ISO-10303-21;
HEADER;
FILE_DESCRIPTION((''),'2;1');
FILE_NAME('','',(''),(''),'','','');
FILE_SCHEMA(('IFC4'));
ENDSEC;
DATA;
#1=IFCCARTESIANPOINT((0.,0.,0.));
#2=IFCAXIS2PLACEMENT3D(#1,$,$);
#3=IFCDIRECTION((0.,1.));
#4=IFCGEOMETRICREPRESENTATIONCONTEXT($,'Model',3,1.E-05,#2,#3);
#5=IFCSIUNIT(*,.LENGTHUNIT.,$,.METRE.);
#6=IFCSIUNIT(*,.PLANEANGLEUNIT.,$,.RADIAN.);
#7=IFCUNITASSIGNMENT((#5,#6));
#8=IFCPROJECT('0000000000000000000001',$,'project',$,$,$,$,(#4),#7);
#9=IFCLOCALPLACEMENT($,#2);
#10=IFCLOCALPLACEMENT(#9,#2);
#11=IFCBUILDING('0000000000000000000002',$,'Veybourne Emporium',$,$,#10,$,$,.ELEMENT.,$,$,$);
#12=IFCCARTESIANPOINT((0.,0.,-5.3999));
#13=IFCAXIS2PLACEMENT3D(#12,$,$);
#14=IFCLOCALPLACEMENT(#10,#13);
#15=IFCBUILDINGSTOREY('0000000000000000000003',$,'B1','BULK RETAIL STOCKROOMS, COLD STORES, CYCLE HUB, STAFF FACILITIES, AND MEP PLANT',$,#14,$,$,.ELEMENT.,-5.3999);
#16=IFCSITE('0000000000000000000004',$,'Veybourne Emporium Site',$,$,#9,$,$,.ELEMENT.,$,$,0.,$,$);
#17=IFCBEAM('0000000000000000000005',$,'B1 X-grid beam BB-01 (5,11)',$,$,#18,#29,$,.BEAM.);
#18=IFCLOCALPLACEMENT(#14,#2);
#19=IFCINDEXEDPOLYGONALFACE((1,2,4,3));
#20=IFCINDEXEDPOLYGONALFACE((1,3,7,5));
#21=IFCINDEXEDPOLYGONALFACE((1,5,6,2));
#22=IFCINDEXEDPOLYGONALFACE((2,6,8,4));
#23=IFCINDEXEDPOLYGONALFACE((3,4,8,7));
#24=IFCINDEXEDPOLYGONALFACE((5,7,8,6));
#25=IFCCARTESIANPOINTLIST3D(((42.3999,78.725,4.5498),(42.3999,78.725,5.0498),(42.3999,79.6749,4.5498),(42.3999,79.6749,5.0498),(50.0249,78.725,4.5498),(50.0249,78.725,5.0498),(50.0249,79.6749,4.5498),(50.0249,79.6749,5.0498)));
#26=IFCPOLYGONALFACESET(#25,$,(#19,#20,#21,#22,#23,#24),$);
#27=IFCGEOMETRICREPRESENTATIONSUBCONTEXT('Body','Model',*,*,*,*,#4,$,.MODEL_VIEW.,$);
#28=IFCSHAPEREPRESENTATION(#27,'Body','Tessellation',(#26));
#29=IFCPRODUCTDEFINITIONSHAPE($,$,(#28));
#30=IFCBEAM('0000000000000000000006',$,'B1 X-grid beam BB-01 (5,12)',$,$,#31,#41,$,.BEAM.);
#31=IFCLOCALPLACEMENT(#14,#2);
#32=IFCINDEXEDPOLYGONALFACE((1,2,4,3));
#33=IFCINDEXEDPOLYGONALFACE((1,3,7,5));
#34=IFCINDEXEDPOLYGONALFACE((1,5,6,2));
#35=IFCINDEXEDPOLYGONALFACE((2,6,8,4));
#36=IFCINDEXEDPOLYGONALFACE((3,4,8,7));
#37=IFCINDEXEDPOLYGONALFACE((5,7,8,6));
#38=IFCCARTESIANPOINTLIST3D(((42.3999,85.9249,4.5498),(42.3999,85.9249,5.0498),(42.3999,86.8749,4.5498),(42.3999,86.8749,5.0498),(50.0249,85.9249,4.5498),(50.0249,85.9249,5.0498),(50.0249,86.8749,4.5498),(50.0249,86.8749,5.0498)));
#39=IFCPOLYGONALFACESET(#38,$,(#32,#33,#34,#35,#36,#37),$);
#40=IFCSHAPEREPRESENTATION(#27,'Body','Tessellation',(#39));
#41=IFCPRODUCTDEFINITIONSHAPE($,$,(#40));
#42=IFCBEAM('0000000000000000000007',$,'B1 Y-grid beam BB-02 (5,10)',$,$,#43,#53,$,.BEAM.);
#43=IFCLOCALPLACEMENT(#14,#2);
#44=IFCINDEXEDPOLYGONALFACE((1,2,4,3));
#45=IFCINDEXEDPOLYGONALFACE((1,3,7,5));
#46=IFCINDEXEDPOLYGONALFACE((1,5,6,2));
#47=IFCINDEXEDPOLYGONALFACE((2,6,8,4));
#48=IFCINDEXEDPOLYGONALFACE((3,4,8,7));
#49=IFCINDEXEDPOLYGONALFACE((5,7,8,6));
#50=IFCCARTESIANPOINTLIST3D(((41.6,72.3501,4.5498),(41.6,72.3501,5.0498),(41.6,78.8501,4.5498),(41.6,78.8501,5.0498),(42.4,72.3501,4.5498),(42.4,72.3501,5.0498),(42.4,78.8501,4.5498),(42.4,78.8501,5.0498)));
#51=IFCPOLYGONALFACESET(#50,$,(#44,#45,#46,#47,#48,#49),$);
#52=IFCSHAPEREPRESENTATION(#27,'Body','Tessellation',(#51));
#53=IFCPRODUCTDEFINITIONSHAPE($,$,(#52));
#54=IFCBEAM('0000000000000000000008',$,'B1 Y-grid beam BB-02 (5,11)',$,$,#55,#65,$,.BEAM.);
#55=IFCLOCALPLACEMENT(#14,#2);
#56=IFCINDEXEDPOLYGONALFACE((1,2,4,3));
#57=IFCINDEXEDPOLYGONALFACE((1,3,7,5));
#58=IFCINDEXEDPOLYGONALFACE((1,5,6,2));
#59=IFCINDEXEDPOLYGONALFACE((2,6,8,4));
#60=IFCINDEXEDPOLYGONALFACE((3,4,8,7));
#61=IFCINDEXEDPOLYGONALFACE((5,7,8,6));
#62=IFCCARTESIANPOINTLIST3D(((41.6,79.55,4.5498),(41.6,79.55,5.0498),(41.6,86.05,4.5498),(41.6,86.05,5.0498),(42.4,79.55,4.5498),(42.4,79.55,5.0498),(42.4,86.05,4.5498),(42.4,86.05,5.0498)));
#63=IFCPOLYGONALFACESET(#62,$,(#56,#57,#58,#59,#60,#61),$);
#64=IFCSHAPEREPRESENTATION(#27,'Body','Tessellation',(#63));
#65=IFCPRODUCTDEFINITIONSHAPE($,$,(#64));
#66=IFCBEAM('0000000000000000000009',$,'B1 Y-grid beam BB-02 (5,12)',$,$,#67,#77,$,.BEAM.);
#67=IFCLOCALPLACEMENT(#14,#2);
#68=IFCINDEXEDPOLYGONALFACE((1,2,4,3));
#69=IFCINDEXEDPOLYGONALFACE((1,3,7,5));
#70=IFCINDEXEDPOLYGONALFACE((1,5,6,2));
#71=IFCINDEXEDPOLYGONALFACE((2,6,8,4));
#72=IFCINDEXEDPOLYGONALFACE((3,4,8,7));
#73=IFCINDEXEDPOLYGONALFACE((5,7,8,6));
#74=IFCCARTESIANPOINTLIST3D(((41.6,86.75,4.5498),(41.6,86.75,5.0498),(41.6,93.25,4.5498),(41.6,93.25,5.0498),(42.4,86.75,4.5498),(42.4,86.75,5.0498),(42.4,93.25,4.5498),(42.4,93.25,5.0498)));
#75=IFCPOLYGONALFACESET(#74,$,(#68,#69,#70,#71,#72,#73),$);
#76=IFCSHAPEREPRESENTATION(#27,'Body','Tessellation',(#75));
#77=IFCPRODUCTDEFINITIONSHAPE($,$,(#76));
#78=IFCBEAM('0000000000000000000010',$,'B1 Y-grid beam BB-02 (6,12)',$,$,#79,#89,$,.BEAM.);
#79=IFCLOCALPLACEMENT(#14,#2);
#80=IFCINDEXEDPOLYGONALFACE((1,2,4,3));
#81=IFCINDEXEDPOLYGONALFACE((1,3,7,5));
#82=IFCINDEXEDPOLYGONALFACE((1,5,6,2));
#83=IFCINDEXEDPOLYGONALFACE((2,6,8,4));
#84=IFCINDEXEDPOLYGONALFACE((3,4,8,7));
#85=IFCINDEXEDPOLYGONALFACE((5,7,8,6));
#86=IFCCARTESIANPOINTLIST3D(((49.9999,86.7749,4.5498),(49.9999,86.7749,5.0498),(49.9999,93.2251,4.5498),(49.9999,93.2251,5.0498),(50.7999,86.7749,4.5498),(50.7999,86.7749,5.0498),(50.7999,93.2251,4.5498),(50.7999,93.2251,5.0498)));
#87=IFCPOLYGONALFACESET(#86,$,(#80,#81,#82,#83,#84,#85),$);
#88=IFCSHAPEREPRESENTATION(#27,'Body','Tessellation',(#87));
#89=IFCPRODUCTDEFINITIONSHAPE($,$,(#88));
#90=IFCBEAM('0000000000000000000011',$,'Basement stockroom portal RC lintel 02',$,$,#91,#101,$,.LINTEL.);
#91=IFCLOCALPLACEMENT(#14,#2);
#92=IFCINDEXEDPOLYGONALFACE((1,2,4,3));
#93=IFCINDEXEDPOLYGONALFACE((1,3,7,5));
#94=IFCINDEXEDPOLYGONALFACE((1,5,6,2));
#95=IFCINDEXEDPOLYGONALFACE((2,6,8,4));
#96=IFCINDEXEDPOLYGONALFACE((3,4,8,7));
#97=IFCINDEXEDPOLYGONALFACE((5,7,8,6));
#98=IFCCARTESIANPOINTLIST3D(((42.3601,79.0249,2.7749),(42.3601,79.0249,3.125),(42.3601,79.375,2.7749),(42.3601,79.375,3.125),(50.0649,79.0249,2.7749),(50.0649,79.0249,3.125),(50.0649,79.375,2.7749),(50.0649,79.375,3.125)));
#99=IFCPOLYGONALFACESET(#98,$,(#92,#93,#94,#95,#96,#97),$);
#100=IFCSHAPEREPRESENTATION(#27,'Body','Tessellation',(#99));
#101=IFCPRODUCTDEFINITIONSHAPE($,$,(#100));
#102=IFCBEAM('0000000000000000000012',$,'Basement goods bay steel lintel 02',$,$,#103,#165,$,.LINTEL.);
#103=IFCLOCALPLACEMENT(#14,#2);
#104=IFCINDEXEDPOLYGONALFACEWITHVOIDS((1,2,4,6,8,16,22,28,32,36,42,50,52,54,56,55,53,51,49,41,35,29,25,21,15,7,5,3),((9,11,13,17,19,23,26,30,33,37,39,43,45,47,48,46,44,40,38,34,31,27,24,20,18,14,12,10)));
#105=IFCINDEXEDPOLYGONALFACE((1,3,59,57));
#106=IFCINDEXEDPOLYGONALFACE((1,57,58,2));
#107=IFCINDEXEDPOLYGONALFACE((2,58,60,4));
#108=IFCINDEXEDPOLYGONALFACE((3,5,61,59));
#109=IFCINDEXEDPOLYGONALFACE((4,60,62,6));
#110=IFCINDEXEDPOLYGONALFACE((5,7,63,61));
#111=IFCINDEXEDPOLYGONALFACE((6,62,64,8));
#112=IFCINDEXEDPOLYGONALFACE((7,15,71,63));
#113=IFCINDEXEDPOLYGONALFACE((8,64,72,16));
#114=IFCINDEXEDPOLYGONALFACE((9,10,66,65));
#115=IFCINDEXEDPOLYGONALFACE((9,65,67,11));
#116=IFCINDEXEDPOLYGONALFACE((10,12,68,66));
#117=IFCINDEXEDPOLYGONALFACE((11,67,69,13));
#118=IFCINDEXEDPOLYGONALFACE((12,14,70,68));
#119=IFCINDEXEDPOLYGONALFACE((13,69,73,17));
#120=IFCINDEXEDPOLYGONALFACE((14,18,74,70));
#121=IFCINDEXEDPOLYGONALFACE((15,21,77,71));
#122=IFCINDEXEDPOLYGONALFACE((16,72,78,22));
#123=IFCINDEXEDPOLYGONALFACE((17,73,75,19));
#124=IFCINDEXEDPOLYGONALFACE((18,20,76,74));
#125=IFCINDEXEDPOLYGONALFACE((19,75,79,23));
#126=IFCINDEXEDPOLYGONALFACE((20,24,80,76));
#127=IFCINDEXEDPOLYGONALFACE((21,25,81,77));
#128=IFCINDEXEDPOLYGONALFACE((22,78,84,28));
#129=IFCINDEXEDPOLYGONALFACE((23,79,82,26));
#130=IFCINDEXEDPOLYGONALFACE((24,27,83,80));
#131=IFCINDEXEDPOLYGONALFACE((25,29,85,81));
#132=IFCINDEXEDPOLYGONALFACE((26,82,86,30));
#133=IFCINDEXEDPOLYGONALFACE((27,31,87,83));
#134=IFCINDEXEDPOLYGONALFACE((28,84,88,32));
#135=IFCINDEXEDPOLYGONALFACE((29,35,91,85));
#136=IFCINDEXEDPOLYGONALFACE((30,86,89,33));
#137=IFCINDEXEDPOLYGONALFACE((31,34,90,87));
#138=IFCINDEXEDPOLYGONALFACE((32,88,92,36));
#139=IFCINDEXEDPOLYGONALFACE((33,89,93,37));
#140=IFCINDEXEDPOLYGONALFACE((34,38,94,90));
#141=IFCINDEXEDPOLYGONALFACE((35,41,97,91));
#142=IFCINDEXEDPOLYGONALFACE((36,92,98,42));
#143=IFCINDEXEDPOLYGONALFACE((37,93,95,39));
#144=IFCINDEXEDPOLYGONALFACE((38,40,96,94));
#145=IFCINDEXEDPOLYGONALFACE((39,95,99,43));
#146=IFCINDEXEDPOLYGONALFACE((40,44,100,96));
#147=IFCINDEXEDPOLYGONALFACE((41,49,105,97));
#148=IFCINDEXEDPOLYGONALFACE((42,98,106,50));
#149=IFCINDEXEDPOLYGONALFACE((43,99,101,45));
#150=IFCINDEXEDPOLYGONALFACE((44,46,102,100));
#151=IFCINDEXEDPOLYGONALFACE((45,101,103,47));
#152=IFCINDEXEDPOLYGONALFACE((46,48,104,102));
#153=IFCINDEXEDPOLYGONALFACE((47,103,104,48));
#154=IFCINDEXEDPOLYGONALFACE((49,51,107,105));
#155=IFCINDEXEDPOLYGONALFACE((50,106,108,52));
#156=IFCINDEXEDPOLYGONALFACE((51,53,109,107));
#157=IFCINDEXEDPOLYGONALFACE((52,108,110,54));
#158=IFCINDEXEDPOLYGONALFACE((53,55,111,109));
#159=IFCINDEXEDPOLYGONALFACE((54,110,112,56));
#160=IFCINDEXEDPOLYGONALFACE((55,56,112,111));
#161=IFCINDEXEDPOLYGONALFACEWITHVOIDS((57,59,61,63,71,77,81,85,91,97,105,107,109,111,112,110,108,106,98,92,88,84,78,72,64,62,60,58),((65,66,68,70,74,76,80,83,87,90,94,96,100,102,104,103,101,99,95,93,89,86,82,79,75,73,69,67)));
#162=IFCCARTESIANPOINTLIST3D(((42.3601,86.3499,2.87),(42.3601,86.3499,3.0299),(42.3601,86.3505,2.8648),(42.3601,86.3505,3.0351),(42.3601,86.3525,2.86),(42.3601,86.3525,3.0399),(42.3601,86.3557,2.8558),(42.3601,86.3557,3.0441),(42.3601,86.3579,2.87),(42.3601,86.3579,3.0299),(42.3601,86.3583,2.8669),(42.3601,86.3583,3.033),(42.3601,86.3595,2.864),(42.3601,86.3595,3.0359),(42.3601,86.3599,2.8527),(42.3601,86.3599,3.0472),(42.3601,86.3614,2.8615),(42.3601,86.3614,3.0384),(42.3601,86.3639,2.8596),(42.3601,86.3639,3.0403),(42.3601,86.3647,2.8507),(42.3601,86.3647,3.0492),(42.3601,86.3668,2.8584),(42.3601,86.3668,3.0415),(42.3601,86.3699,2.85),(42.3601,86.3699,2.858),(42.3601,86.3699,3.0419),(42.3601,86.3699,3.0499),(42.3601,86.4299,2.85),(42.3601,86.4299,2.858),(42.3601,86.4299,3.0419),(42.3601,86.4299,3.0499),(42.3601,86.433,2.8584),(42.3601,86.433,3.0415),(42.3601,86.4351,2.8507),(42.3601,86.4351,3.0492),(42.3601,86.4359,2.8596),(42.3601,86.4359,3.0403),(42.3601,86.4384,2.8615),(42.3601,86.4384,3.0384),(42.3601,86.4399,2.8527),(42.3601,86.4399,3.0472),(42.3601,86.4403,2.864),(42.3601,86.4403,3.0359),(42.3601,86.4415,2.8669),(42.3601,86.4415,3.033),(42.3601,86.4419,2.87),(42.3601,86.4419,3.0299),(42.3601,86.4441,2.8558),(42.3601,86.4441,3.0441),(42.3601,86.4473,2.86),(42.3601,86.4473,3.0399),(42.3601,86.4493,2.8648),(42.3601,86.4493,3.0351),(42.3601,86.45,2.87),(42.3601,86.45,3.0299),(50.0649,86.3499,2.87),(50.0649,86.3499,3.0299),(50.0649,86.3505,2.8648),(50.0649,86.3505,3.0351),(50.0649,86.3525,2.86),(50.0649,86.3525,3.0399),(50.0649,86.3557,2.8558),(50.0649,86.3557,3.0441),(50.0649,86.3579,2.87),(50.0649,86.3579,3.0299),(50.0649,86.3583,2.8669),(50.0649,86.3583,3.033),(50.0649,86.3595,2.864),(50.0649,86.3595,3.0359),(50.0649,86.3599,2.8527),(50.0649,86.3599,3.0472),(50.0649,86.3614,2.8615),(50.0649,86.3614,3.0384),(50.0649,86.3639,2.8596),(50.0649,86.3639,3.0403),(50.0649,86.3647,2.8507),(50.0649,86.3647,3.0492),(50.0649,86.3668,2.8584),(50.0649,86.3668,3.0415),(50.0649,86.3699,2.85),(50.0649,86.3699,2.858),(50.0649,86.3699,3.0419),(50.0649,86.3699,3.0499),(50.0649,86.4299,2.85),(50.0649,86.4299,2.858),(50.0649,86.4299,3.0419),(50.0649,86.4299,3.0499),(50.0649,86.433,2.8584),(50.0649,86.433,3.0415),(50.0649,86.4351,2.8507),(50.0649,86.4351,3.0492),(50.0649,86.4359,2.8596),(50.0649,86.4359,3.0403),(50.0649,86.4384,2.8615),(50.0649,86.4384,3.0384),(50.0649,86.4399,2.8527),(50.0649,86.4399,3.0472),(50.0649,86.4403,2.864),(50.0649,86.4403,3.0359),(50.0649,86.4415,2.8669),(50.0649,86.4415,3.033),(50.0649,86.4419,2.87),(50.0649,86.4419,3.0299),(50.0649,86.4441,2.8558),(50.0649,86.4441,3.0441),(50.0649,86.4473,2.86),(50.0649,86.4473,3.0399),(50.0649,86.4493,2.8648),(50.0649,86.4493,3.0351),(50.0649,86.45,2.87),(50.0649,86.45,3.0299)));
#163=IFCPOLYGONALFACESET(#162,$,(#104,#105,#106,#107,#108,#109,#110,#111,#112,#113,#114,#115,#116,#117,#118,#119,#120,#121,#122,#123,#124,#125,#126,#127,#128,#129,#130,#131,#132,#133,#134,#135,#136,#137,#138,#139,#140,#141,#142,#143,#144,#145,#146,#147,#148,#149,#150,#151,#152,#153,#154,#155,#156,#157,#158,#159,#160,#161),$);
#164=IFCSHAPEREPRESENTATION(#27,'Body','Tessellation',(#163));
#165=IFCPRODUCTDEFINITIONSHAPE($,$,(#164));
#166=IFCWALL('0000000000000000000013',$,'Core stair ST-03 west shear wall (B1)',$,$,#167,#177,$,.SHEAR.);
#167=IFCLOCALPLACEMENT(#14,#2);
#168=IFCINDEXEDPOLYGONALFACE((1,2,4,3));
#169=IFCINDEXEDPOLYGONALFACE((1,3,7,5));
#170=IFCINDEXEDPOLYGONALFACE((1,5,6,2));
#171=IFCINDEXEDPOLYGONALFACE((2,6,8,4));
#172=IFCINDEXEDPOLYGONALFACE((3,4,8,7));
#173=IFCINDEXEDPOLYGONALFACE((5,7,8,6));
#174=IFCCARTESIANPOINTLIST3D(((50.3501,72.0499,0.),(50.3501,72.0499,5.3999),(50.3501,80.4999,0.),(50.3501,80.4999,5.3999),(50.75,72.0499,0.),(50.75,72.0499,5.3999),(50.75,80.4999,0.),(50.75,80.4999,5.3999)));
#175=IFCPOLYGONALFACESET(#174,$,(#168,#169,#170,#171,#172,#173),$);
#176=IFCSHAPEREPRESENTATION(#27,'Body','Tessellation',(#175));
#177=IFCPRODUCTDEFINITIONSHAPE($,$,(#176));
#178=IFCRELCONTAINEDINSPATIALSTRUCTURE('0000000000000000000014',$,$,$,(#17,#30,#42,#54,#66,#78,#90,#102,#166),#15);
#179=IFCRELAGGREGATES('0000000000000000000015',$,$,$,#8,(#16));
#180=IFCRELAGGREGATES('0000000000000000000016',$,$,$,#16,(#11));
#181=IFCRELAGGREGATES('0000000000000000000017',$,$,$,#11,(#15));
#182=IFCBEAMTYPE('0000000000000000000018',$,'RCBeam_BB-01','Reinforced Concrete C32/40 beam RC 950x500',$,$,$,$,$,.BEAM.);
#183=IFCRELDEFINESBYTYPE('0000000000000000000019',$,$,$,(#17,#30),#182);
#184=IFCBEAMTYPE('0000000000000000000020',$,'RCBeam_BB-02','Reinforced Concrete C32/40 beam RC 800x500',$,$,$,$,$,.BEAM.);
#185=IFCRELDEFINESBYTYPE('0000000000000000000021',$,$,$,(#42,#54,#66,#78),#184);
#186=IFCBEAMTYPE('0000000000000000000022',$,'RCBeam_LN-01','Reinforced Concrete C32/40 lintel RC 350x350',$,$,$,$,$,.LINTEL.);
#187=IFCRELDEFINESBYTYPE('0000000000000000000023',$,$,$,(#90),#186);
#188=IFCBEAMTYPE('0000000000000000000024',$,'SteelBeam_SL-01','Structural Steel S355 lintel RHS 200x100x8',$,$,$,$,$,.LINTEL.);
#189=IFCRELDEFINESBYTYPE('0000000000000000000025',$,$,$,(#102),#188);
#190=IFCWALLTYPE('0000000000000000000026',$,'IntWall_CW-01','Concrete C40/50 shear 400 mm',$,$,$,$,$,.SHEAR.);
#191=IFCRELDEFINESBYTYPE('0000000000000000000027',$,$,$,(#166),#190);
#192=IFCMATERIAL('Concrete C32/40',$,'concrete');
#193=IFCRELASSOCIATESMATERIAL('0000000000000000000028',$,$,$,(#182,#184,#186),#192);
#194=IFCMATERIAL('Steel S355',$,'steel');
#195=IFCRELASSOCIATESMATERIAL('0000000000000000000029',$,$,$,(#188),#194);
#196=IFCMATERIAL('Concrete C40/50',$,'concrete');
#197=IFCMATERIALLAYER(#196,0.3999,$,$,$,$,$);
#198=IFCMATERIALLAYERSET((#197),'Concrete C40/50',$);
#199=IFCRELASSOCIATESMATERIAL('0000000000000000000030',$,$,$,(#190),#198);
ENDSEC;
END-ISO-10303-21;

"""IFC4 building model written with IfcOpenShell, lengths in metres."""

from ifc_helpers import new_model, si_unit, direction, frame, frame_2d, origin, origin_2d, place, context, subcontext, project, spatial, rectangle, hollow_rectangle, extrude, material, layer, layer_set, material_profile, profile_set, type_object, element, save


model = new_model("IFC4")

# Units and contexts
model_context = context("Model", 3, precision=1e-05, world=origin(), true_north=direction((0.0, 1.0)))
body_context = subcontext(model_context, "Body", "Model", "MODEL_VIEW")
ifc_project = project(units=[si_unit("LENGTHUNIT", "METRE"), si_unit("PLANEANGLEUNIT", "RADIAN")], contexts=[model_context])

# Site, building, storey
site_placement = place(None, origin())
site = spatial("IfcSite", under=ifc_project, at=site_placement, Name="Veybourne Emporium Site", CompositionType="ELEMENT", RefElevation=0.0)
building_placement = place(site_placement, origin())
building = spatial("IfcBuilding", under=site, at=building_placement, Name="Veybourne Emporium", CompositionType="ELEMENT")
storey_placement = place(building_placement, frame((0.0, 0.0, -5.3999)))
storey = spatial("IfcBuildingStorey", under=building, at=storey_placement, Name="B1", Description="BULK RETAIL STOCKROOMS, COLD STORES, CYCLE HUB, STAFF FACILITIES, AND MEP PLANT", CompositionType="ELEMENT", Elevation=-5.3999)

# Shared definitions
ifc_material_1 = material(Name="Concrete C40/50", Category="concrete")

# Beams
ifc_material_2 = material(Name="Concrete C32/40", Category="concrete")
ifc_material_profile_1 = material_profile(ifc_material_2, rectangle(XDim=0.95, YDim=0.5, at=origin_2d()), Name="RC 950x500")
ifc_profile_set_1 = profile_set([ifc_material_profile_1], Name="Concrete C32/40")
beam_type_1 = type_object("IfcBeamType", Name="RCBeam_BB-01", Description="Reinforced Concrete C32/40 beam RC 950x500", PredefinedType="BEAM", material=ifc_profile_set_1)
for number, where, z_axis, x_axis, name in (
    (1, (42.3999, 79.2, 4.7998), (1.0, 0.0, 0.0), (0.0, 1.0, 0.0), "B1 X-grid beam BB-01 (5,11)"),
    (2, (42.3999, 86.3999, 4.7998), (1.0, 0.0, 0.0), (0.0, 1.0, 0.0), "B1 X-grid beam BB-01 (5,12)"),
):
    element("IfcBeam", number, at=place(storey_placement, frame(where, z_axis=z_axis, x_axis=x_axis)), inside=storey, type_object=beam_type_1, Name=name, PredefinedType="BEAM", context=body_context, shape_type="SweptSolid", body=[
        extrude(rectangle(XDim=0.95, YDim=0.5, at=origin_2d()), origin(), (0.0, 0.0, 1.0), 7.625),
    ])
ifc_material_profile_2 = material_profile(ifc_material_2, rectangle(XDim=0.8, YDim=0.5, at=origin_2d()), Name="RC 800x500")
ifc_profile_set_2 = profile_set([ifc_material_profile_2], Name="Concrete C32/40")
beam_type_2 = type_object("IfcBeamType", Name="RCBeam_BB-02", Description="Reinforced Concrete C32/40 beam RC 800x500", PredefinedType="BEAM", material=ifc_profile_set_2)
for number, where, z_axis, x_axis, name in (
    (3, (42.0, 72.3501, 4.7998), (0.0, 1.0, 0.0), (-1.0, 0.0, 0.0), "B1 Y-grid beam BB-02 (5,10)"),
    (4, (42.0, 79.55, 4.7998), (0.0, 1.0, 0.0), (-1.0, 0.0, 0.0), "B1 Y-grid beam BB-02 (5,11)"),
    (5, (42.0, 86.75, 4.7998), (0.0, 1.0, 0.0), (-1.0, 0.0, 0.0), "B1 Y-grid beam BB-02 (5,12)"),
):
    element("IfcBeam", number, at=place(storey_placement, frame(where, z_axis=z_axis, x_axis=x_axis)), inside=storey, type_object=beam_type_2, Name=name, PredefinedType="BEAM", context=body_context, shape_type="SweptSolid", body=[
        extrude(rectangle(XDim=0.8, YDim=0.5, at=origin_2d()), origin(), (0.0, 0.0, 1.0), 6.5),
    ])
beam_1_placement = place(storey_placement, frame((50.3999, 86.7749, 4.7998), z_axis=(0.0, 1.0, 0.0), x_axis=(-1.0, 0.0, 0.0)))
element("IfcBeam", 6, at=beam_1_placement, inside=storey, type_object=beam_type_2, Name="B1 Y-grid beam BB-02 (6,12)", PredefinedType="BEAM", context=body_context, shape_type="SweptSolid", body=[
    extrude(rectangle(XDim=0.8, YDim=0.5, at=origin_2d()), origin(), (0.0, 0.0, 1.0), 6.4502),
])
ifc_material_profile_3 = material_profile(ifc_material_2, rectangle(XDim=0.3501, YDim=0.3501, at=origin_2d()), Name="RC 350x350")
ifc_profile_set_3 = profile_set([ifc_material_profile_3], Name="Concrete C32/40")
beam_type_3 = type_object("IfcBeamType", Name="RCBeam_LN-01", Description="Reinforced Concrete C32/40 lintel RC 350x350", PredefinedType="LINTEL", material=ifc_profile_set_3)
beam_2_placement = place(storey_placement, frame((42.3601, 79.2, 2.95), z_axis=(1.0, 0.0, 0.0), x_axis=(0.0, 1.0, 0.0)))
element("IfcBeam", 7, at=beam_2_placement, inside=storey, type_object=beam_type_3, Name="Basement stockroom portal RC lintel 02", PredefinedType="LINTEL", context=body_context, shape_type="SweptSolid", body=[
    extrude(rectangle(XDim=0.3501, YDim=0.3501, at=origin_2d()), origin(), (0.0, 0.0, 1.0), 7.7048),
])
ifc_material_3 = material(Name="Steel S355", Category="steel")
ifc_material_profile_4 = material_profile(ifc_material_3, hollow_rectangle(XDim=0.1001, YDim=0.2, WallThickness=0.0081, InnerFilletRadius=0.012, OuterFilletRadius=0.02, at=origin_2d()), Name="RHS 200x100x8")
ifc_profile_set_4 = profile_set([ifc_material_profile_4], Name="Steel S355")
beam_type_4 = type_object("IfcBeamType", Name="SteelBeam_SL-01", Description="Structural Steel S355 lintel RHS 200x100x8", PredefinedType="LINTEL", material=ifc_profile_set_4)
beam_3_placement = place(storey_placement, frame((42.3601, 86.3999, 2.95), z_axis=(1.0, 0.0, 0.0), x_axis=(0.0, 1.0, 0.0)))
element("IfcBeam", 8, at=beam_3_placement, inside=storey, type_object=beam_type_4, Name="Basement goods bay steel lintel 02", PredefinedType="LINTEL", context=body_context, shape_type="SweptSolid", body=[
    extrude(hollow_rectangle(XDim=0.1001, YDim=0.2, WallThickness=0.0081, InnerFilletRadius=0.012, OuterFilletRadius=0.02, at=origin_2d()), origin(), (0.0, 0.0, 1.0), 7.7048),
])

# Wall
ifc_layer = layer(ifc_material_1, 0.3999)
ifc_layer_set = layer_set([ifc_layer], Name="Concrete C40/50")
wall_type = type_object("IfcWallType", Name="IntWall_CW-01", Description="Concrete C40/50 shear 400 mm", PredefinedType="SHEAR", material=ifc_layer_set)
wall_placement = place(storey_placement, frame((50.55, 80.5, 0.0), z_axis=(0.0, 0.0, 1.0), x_axis=(0.0, -1.0, 0.0)))
element("IfcWall", 9, at=wall_placement, inside=storey, type_object=wall_type, Name="Core stair ST-03 west shear wall (B1)", PredefinedType="SHEAR", context=body_context, shape_type="SweptSolid", body=[
    extrude(rectangle(XDim=8.45, YDim=0.3999, at=frame_2d((4.2251, 0.0))), origin(), (0.0, 0.0, 1.0), 5.3999),
])

save(model, "model.ifc")
